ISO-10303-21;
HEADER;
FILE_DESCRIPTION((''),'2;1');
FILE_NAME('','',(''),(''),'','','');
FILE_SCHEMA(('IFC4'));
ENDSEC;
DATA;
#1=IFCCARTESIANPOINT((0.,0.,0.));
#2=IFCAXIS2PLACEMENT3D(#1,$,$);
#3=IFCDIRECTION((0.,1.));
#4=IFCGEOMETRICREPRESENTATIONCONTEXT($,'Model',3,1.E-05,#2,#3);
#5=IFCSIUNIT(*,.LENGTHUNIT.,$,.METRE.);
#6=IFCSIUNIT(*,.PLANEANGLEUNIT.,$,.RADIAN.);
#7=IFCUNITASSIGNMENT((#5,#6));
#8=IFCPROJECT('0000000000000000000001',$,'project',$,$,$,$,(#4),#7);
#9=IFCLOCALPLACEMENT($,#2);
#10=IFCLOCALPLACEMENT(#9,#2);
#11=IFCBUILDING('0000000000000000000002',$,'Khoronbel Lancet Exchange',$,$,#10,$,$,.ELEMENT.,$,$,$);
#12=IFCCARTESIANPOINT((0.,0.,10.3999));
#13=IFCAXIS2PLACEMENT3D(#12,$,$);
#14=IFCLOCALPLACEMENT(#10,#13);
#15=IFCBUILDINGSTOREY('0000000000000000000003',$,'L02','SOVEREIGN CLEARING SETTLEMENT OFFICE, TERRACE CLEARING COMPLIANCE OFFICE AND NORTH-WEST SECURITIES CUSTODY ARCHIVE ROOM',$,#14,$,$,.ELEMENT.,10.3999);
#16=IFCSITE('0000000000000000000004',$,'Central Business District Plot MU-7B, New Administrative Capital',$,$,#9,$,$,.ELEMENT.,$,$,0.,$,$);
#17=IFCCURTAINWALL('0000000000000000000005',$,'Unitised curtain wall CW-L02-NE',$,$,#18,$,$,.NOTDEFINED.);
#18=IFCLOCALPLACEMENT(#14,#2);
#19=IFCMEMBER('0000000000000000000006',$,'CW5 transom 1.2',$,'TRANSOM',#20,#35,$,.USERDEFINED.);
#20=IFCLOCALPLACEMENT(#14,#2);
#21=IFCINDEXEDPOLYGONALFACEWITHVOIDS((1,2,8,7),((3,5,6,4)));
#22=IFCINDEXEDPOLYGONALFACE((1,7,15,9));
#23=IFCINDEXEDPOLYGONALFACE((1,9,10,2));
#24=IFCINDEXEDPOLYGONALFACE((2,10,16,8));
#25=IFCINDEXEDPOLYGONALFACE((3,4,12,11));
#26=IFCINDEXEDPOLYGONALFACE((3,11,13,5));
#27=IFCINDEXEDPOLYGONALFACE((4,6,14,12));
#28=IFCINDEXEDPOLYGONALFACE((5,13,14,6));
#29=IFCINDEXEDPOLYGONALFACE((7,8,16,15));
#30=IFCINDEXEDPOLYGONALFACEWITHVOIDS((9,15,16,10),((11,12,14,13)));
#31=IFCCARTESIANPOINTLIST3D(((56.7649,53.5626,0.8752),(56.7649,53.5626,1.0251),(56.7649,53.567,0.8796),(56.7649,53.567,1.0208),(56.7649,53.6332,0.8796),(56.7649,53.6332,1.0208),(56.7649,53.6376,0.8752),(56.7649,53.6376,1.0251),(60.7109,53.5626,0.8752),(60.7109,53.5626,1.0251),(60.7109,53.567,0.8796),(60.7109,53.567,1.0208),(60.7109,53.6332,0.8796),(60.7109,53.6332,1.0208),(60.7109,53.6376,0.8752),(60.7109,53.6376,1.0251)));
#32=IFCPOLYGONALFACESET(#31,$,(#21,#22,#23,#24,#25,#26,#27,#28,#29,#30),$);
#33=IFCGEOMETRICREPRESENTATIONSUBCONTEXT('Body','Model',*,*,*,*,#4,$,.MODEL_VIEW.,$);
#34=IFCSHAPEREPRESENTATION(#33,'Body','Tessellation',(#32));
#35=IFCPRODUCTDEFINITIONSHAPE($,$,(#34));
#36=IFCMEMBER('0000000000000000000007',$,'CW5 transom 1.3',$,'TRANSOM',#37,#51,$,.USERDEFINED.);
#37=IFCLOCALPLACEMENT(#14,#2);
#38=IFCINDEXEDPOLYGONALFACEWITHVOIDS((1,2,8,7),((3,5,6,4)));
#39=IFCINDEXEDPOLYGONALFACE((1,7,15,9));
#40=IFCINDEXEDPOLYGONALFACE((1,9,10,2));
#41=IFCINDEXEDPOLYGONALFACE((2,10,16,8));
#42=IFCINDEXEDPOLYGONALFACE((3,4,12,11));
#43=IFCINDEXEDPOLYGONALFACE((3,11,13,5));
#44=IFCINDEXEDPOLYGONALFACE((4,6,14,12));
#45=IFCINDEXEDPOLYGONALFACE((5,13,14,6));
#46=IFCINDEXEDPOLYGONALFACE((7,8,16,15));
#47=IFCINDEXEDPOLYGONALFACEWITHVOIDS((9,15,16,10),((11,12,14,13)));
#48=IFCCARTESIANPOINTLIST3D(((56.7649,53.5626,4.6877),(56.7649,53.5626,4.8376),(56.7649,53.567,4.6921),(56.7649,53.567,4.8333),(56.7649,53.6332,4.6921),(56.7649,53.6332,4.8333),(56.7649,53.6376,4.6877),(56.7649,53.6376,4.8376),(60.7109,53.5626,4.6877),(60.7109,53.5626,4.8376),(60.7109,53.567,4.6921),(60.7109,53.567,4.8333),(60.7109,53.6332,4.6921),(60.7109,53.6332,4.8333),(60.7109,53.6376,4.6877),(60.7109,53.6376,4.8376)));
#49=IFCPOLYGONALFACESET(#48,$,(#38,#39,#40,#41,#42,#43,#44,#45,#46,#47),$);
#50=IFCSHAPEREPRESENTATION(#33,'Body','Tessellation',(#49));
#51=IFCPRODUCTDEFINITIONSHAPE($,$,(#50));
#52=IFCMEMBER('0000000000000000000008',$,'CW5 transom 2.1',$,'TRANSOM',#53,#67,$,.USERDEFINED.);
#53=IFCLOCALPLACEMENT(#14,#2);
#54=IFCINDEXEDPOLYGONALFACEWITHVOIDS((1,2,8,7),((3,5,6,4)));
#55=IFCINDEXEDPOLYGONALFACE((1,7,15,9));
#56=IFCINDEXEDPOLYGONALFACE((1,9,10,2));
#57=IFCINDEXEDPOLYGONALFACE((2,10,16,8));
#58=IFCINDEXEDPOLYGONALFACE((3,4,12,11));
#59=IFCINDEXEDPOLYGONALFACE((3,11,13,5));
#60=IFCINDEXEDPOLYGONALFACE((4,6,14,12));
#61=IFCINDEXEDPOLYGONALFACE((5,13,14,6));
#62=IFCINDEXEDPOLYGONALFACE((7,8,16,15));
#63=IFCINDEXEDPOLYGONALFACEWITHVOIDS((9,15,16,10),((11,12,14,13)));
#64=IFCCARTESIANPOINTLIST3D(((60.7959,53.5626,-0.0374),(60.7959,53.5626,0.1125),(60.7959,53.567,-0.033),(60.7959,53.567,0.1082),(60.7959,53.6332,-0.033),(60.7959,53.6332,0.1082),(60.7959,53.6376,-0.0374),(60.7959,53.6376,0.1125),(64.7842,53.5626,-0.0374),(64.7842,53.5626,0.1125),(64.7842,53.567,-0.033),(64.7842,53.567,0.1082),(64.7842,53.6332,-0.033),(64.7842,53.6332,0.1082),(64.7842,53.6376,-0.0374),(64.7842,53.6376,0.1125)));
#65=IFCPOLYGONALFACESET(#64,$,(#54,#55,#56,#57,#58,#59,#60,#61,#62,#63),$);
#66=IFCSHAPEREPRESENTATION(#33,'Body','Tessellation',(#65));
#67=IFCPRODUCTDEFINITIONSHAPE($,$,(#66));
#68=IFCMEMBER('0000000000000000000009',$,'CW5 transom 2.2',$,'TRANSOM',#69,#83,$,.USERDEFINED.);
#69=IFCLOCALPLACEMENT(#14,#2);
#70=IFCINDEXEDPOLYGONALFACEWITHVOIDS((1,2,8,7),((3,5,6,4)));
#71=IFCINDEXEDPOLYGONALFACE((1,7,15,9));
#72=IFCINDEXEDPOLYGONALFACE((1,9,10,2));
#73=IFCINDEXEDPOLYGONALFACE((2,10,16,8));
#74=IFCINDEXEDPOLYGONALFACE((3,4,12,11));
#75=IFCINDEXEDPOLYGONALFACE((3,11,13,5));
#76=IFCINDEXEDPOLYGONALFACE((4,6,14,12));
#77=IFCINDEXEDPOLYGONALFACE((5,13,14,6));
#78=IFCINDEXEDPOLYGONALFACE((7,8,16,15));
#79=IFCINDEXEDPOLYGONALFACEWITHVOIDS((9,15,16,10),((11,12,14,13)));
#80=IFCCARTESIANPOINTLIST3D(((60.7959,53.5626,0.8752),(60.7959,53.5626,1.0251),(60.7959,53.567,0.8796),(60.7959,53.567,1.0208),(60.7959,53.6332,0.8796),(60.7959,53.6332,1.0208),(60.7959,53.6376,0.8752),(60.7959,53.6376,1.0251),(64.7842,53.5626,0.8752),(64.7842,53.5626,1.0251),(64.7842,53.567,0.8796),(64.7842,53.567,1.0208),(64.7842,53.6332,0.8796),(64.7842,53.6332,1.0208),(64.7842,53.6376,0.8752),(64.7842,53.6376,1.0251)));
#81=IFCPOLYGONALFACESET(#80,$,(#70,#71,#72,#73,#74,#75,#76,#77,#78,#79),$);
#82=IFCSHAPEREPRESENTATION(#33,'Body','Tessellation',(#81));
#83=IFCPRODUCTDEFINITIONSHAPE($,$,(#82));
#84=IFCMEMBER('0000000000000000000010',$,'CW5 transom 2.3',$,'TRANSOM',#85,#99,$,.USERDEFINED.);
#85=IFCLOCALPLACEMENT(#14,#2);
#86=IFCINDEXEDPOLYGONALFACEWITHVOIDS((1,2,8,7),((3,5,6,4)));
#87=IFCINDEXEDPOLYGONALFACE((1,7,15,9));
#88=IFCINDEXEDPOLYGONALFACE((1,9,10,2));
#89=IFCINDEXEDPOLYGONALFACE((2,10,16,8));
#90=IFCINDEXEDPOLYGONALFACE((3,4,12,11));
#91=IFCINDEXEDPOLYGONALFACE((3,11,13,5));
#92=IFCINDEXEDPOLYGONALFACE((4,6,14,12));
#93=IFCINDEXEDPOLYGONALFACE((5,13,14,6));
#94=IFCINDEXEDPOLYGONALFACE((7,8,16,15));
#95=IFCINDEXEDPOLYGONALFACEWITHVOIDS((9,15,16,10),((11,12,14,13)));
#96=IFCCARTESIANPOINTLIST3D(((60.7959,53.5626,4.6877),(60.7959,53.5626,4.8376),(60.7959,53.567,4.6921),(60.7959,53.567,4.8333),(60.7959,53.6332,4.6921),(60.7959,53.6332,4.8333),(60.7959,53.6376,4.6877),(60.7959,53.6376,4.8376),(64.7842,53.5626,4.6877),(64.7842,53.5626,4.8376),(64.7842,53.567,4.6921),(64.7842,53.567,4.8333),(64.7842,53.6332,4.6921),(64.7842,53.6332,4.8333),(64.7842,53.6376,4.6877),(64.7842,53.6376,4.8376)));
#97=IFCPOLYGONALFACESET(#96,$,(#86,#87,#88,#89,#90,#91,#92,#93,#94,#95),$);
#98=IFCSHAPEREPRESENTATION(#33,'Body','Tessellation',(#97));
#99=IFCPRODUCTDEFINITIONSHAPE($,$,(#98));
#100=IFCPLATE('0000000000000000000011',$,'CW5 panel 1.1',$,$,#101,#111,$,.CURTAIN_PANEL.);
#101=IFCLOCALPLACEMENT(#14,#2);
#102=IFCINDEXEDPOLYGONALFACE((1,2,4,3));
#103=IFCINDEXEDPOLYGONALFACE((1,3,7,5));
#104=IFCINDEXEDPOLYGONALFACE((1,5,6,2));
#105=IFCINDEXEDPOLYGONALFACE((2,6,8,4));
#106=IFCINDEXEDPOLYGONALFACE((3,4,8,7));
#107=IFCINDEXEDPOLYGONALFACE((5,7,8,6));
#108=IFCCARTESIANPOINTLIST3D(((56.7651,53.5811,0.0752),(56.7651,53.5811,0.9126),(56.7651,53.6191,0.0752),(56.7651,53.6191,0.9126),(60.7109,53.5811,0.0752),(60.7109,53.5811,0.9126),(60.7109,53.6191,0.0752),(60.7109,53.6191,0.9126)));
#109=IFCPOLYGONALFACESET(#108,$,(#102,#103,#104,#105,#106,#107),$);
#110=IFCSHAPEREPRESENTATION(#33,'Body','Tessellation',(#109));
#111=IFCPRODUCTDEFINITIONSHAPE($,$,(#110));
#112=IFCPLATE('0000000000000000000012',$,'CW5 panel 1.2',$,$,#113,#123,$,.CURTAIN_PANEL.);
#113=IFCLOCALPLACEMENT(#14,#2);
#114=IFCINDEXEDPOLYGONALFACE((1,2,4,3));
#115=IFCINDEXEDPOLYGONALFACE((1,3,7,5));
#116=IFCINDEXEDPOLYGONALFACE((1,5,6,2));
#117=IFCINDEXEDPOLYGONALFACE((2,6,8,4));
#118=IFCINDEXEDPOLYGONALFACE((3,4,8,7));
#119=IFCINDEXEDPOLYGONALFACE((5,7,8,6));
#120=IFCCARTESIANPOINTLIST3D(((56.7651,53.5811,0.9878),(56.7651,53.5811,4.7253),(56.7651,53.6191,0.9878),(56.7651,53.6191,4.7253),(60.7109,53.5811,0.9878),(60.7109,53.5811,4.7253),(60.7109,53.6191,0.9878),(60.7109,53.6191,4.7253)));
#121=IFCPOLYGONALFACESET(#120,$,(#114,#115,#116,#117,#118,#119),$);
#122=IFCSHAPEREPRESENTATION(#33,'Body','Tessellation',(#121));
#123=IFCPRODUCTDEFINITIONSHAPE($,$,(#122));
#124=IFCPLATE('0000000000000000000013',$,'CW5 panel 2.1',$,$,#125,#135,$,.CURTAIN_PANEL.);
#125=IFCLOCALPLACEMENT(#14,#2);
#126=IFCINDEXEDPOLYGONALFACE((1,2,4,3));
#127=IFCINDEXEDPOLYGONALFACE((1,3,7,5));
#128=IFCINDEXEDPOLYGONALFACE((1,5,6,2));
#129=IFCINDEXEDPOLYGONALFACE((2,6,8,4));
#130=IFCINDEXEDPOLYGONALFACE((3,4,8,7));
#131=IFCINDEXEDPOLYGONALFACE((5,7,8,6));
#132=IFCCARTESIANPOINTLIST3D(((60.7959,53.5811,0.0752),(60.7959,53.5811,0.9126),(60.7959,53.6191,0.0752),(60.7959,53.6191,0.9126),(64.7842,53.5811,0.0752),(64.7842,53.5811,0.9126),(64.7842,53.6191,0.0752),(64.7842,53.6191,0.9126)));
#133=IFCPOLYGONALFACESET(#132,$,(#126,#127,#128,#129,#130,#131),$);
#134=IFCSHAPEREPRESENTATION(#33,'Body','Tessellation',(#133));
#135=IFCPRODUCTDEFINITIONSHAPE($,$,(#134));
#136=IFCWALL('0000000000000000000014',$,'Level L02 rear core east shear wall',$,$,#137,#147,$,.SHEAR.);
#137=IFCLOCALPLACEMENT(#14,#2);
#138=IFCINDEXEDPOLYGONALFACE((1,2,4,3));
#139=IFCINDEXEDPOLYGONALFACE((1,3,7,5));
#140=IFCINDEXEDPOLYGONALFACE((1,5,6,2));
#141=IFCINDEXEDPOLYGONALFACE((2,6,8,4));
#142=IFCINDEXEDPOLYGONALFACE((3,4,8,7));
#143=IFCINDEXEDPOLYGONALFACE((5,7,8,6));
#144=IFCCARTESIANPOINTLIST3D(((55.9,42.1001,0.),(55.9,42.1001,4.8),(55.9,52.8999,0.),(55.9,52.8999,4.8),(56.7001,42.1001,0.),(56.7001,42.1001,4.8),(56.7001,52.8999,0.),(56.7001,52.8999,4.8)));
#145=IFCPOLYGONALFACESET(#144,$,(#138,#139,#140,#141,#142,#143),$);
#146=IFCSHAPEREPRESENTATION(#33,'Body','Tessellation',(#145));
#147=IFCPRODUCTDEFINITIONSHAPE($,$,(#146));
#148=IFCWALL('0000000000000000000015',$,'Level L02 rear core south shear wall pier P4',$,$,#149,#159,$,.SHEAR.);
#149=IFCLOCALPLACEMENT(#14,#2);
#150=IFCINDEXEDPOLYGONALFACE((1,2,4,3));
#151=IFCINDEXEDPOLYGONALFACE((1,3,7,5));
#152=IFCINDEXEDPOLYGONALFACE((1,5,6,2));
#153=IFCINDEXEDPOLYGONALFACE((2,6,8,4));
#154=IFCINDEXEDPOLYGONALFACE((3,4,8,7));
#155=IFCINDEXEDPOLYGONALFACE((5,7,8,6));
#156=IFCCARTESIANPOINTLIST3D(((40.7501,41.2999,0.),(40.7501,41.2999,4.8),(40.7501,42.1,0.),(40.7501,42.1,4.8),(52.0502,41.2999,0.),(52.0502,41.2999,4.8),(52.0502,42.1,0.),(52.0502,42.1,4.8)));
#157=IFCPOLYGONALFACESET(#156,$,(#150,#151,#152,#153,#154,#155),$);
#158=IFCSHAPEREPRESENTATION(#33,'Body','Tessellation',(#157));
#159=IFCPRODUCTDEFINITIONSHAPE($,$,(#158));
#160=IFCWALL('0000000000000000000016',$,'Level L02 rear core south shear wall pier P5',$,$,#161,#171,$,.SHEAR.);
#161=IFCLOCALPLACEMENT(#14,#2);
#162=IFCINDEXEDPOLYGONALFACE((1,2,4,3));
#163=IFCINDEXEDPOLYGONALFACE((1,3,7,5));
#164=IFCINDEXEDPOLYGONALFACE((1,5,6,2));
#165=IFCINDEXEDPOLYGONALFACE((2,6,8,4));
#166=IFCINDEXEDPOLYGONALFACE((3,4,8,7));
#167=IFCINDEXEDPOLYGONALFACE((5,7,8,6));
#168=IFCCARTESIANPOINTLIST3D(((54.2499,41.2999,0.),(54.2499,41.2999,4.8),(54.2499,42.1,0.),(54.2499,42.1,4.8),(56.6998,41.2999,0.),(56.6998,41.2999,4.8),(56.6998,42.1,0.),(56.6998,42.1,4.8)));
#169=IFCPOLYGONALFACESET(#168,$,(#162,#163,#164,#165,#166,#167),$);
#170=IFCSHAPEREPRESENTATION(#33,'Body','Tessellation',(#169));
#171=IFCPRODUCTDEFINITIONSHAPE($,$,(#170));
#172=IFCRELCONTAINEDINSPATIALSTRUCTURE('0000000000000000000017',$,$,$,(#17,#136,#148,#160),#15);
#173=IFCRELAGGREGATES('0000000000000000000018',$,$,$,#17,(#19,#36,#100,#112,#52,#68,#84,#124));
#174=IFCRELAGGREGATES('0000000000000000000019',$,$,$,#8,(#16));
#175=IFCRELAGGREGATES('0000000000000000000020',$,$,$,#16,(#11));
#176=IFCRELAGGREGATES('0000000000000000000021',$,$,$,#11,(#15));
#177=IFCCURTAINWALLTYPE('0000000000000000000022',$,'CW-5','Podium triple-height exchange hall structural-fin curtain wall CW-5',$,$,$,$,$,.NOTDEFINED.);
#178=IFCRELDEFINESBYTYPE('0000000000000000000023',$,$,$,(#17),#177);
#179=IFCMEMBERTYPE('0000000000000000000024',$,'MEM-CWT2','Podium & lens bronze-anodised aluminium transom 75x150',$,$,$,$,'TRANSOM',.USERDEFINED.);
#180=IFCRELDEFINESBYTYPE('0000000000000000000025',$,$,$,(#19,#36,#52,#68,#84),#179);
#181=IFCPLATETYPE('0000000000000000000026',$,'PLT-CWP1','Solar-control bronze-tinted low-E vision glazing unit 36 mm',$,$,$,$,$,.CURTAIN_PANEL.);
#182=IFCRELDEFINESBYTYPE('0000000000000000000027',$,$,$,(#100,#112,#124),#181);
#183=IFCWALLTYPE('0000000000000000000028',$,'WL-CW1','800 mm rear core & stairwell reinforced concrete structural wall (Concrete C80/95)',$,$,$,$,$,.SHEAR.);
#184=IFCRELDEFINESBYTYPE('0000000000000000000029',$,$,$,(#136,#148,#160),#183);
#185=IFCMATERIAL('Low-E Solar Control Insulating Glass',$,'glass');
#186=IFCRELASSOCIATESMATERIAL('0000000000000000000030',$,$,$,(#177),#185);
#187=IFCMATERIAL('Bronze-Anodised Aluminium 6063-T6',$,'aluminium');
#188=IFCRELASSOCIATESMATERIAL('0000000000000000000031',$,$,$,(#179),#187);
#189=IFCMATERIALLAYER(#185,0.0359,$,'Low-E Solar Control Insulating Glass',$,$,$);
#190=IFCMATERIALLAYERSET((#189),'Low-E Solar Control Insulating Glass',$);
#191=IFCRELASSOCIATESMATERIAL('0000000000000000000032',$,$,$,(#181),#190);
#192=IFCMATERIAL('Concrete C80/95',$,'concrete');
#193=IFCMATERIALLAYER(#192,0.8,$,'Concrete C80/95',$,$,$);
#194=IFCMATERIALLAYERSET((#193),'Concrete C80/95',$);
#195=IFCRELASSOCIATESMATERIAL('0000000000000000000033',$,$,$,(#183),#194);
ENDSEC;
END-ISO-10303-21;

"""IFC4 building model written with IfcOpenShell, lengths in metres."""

from ifc_helpers import new_model, si_unit, direction, frame, frame_2d, origin, origin_2d, place, context, subcontext, project, spatial, rectangle, hollow_rectangle, extrude, material, layer, layer_set, material_profile, profile_set, type_object, element, aggregate, save


model = new_model("IFC4")

# Units and contexts
model_context = context("Model", 3, precision=1e-05, world=origin(), true_north=direction((0.0, 1.0)))
body_context = subcontext(model_context, "Body", "Model", "MODEL_VIEW")
ifc_project = project(units=[si_unit("LENGTHUNIT", "METRE"), si_unit("PLANEANGLEUNIT", "RADIAN")], contexts=[model_context])

# Site, building, storey
site_placement = place(None, origin())
site = spatial("IfcSite", under=ifc_project, at=site_placement, Name="Central Business District Plot MU-7B, New Administrative Capital", CompositionType="ELEMENT", RefElevation=0.0)
building_placement = place(site_placement, origin())
building = spatial("IfcBuilding", under=site, at=building_placement, Name="Khoronbel Lancet Exchange", CompositionType="ELEMENT")
storey_placement = place(building_placement, frame((0.0, 0.0, 10.3999)))
storey = spatial("IfcBuildingStorey", under=building, at=storey_placement, Name="L02", Description="SOVEREIGN CLEARING SETTLEMENT OFFICE, TERRACE CLEARING COMPLIANCE OFFICE AND NORTH-WEST SECURITIES CUSTODY ARCHIVE ROOM", CompositionType="ELEMENT", Elevation=10.3999)

# Shared definitions
ifc_material_1 = material(Name="Concrete C80/95", Category="concrete")

# Curtain wall, members, plates
ifc_material_2 = material(Name="Low-E Solar Control Insulating Glass", Category="glass")
curtain_wall_type = type_object("IfcCurtainWallType", Name="CW-5", Description="Podium triple-height exchange hall structural-fin curtain wall CW-5", PredefinedType="NOTDEFINED", material=ifc_material_2)
curtain_wall_placement = place(storey_placement, origin())
curtain_wall = element("IfcCurtainWall", 1, at=curtain_wall_placement, inside=storey, type_object=curtain_wall_type, Name="Unitised curtain wall CW-L02-NE", PredefinedType="NOTDEFINED")
ifc_material_3 = material(Name="Bronze-Anodised Aluminium 6063-T6", Category="aluminium")
ifc_material_profile_1 = material_profile(ifc_material_3, hollow_rectangle(XDim=0.075, YDim=0.1499, WallThickness=0.0044, at=origin_2d()), Name="ALU TRANSOM 75x150")
ifc_profile_set_1 = profile_set([ifc_material_profile_1], Name="Bronze-Anodised Aluminium 6063-T6")
member_type_1 = type_object("IfcMemberType", Name="MEM-CWT2", Description="Podium & lens bronze-anodised aluminium transom 75x150", ElementType="TRANSOM", PredefinedType="USERDEFINED", material=ifc_profile_set_1)
member_1_placement = place(storey_placement, frame((56.7649, 53.6001, 0.9502), z_axis=(1.0, 0.0, 0.0), x_axis=(0.0, 1.0, 0.0)))
member_1 = element("IfcMember", 2, at=member_1_placement, type_object=member_type_1, Name="CW5 transom 1.2", ObjectType="TRANSOM", PredefinedType="USERDEFINED", context=body_context, shape_type="SweptSolid", body=[
    extrude(hollow_rectangle(XDim=0.075, YDim=0.1499, WallThickness=0.0044, at=origin_2d()), origin(), (0.0, 0.0, 1.0), 3.946),
])
member_2_placement = place(storey_placement, frame((56.7649, 53.6001, 4.7627), z_axis=(1.0, 0.0, 0.0), x_axis=(0.0, 1.0, 0.0)))
member_2 = element("IfcMember", 3, at=member_2_placement, type_object=member_type_1, Name="CW5 transom 1.3", ObjectType="TRANSOM", PredefinedType="USERDEFINED", context=body_context, shape_type="SweptSolid", body=[
    extrude(hollow_rectangle(XDim=0.075, YDim=0.1499, WallThickness=0.0044, at=origin_2d()), origin(), (0.0, 0.0, 1.0), 3.946),
])
member_3_placement = place(storey_placement, frame((60.7959, 53.6001, 0.0376), z_axis=(1.0, 0.0, 0.0), x_axis=(0.0, 1.0, 0.0)))
member_3 = element("IfcMember", 4, at=member_3_placement, type_object=member_type_1, Name="CW5 transom 2.1", ObjectType="TRANSOM", PredefinedType="USERDEFINED", context=body_context, shape_type="SweptSolid", body=[
    extrude(hollow_rectangle(XDim=0.075, YDim=0.1499, WallThickness=0.0044, at=origin_2d()), origin(), (0.0, 0.0, 1.0), 3.9883),
])
member_4_placement = place(storey_placement, frame((60.7959, 53.6001, 0.9502), z_axis=(1.0, 0.0, 0.0), x_axis=(0.0, 1.0, 0.0)))
member_4 = element("IfcMember", 5, at=member_4_placement, type_object=member_type_1, Name="CW5 transom 2.2", ObjectType="TRANSOM", PredefinedType="USERDEFINED", context=body_context, shape_type="SweptSolid", body=[
    extrude(hollow_rectangle(XDim=0.075, YDim=0.1499, WallThickness=0.0044, at=origin_2d()), origin(), (0.0, 0.0, 1.0), 3.9883),
])
member_5_placement = place(storey_placement, frame((60.7959, 53.6001, 4.7627), z_axis=(1.0, 0.0, 0.0), x_axis=(0.0, 1.0, 0.0)))
member_5 = element("IfcMember", 6, at=member_5_placement, type_object=member_type_1, Name="CW5 transom 2.3", ObjectType="TRANSOM", PredefinedType="USERDEFINED", context=body_context, shape_type="SweptSolid", body=[
    extrude(hollow_rectangle(XDim=0.075, YDim=0.1499, WallThickness=0.0044, at=origin_2d()), origin(), (0.0, 0.0, 1.0), 3.9883),
])
ifc_layer_1 = layer(ifc_material_2, 0.0359, Name="Low-E Solar Control Insulating Glass")
ifc_layer_set_1 = layer_set([ifc_layer_1], Name="Low-E Solar Control Insulating Glass")
plate_type = type_object("IfcPlateType", Name="PLT-CWP1", Description="Solar-control bronze-tinted low-E vision glazing unit 36 mm", PredefinedType="CURTAIN_PANEL", material=ifc_layer_set_1)
plate_1_placement = place(storey_placement, frame((58.738, 53.6001, 0.0752), z_axis=(0.0, 0.0, 1.0), x_axis=(1.0, 0.0, 0.0)))
plate_1 = element("IfcPlate", 7, at=plate_1_placement, type_object=plate_type, Name="CW5 panel 1.1", PredefinedType="CURTAIN_PANEL", context=body_context, shape_type="SweptSolid", body=[
    extrude(rectangle(XDim=3.9458, YDim=0.0381, at=origin_2d()), origin(), (0.0, 0.0, 1.0), 0.8374),
])
plate_2_placement = place(storey_placement, frame((58.738, 53.6001, 0.9878), z_axis=(0.0, 0.0, 1.0), x_axis=(1.0, 0.0, 0.0)))
plate_2 = element("IfcPlate", 8, at=plate_2_placement, type_object=plate_type, Name="CW5 panel 1.2", PredefinedType="CURTAIN_PANEL", context=body_context, shape_type="SweptSolid", body=[
    extrude(rectangle(XDim=3.9458, YDim=0.0381, at=origin_2d()), origin(), (0.0, 0.0, 1.0), 3.7375),
])
plate_3_placement = place(storey_placement, frame((62.79, 53.6001, 0.0752), z_axis=(0.0, 0.0, 1.0), x_axis=(1.0, 0.0, 0.0)))
plate_3 = element("IfcPlate", 9, at=plate_3_placement, type_object=plate_type, Name="CW5 panel 2.1", PredefinedType="CURTAIN_PANEL", context=body_context, shape_type="SweptSolid", body=[
    extrude(rectangle(XDim=3.9883, YDim=0.0381, at=origin_2d()), origin(), (0.0, 0.0, 1.0), 0.8374),
])
aggregate(curtain_wall, [member_1, member_2, plate_1, plate_2, member_3, member_4, member_5, plate_3])

# Walls
ifc_layer_2 = layer(ifc_material_1, 0.8, Name="Concrete C80/95")
ifc_layer_set_2 = layer_set([ifc_layer_2], Name="Concrete C80/95")
wall_type_1 = type_object("IfcWallType", Name="WL-CW1", Description="800 mm rear core & stairwell reinforced concrete structural wall (Concrete C80/95)", PredefinedType="SHEAR", material=ifc_layer_set_2)
wall_1_placement = place(storey_placement, frame((56.3, 52.8999, 0.0), z_axis=(0.0, 0.0, 1.0), x_axis=(0.0, -1.0, 0.0)))
element("IfcWall", 10, at=wall_1_placement, inside=storey, type_object=wall_type_1, Name="Level L02 rear core east shear wall", PredefinedType="SHEAR", context=body_context, shape_type="SweptSolid", body=[
    extrude(rectangle(XDim=10.7998, YDim=0.8, at=frame_2d((5.3999, 0.0))), origin(), (0.0, 0.0, 1.0), 4.8),
])
wall_2_placement = place(storey_placement, frame((52.05, 41.7, 0.0), z_axis=(0.0, 0.0, 1.0), x_axis=(-1.0, 0.0, 0.0)))
element("IfcWall", 11, at=wall_2_placement, inside=storey, type_object=wall_type_1, Name="Level L02 rear core south shear wall pier P4", PredefinedType="SHEAR", context=body_context, shape_type="SweptSolid", body=[
    extrude(rectangle(XDim=11.3, YDim=0.8, at=frame_2d((5.6499, 0.0))), origin(), (0.0, 0.0, 1.0), 4.8),
])
wall_3_placement = place(storey_placement, frame((56.7, 41.7, 0.0), z_axis=(0.0, 0.0, 1.0), x_axis=(-1.0, 0.0, 0.0)))
element("IfcWall", 12, at=wall_3_placement, inside=storey, type_object=wall_type_1, Name="Level L02 rear core south shear wall pier P5", PredefinedType="SHEAR", context=body_context, shape_type="SweptSolid", body=[
    extrude(rectangle(XDim=2.45, YDim=0.8, at=frame_2d((1.2251, 0.0))), origin(), (0.0, 0.0, 1.0), 4.8),
])

save(model, "model.ifc")
